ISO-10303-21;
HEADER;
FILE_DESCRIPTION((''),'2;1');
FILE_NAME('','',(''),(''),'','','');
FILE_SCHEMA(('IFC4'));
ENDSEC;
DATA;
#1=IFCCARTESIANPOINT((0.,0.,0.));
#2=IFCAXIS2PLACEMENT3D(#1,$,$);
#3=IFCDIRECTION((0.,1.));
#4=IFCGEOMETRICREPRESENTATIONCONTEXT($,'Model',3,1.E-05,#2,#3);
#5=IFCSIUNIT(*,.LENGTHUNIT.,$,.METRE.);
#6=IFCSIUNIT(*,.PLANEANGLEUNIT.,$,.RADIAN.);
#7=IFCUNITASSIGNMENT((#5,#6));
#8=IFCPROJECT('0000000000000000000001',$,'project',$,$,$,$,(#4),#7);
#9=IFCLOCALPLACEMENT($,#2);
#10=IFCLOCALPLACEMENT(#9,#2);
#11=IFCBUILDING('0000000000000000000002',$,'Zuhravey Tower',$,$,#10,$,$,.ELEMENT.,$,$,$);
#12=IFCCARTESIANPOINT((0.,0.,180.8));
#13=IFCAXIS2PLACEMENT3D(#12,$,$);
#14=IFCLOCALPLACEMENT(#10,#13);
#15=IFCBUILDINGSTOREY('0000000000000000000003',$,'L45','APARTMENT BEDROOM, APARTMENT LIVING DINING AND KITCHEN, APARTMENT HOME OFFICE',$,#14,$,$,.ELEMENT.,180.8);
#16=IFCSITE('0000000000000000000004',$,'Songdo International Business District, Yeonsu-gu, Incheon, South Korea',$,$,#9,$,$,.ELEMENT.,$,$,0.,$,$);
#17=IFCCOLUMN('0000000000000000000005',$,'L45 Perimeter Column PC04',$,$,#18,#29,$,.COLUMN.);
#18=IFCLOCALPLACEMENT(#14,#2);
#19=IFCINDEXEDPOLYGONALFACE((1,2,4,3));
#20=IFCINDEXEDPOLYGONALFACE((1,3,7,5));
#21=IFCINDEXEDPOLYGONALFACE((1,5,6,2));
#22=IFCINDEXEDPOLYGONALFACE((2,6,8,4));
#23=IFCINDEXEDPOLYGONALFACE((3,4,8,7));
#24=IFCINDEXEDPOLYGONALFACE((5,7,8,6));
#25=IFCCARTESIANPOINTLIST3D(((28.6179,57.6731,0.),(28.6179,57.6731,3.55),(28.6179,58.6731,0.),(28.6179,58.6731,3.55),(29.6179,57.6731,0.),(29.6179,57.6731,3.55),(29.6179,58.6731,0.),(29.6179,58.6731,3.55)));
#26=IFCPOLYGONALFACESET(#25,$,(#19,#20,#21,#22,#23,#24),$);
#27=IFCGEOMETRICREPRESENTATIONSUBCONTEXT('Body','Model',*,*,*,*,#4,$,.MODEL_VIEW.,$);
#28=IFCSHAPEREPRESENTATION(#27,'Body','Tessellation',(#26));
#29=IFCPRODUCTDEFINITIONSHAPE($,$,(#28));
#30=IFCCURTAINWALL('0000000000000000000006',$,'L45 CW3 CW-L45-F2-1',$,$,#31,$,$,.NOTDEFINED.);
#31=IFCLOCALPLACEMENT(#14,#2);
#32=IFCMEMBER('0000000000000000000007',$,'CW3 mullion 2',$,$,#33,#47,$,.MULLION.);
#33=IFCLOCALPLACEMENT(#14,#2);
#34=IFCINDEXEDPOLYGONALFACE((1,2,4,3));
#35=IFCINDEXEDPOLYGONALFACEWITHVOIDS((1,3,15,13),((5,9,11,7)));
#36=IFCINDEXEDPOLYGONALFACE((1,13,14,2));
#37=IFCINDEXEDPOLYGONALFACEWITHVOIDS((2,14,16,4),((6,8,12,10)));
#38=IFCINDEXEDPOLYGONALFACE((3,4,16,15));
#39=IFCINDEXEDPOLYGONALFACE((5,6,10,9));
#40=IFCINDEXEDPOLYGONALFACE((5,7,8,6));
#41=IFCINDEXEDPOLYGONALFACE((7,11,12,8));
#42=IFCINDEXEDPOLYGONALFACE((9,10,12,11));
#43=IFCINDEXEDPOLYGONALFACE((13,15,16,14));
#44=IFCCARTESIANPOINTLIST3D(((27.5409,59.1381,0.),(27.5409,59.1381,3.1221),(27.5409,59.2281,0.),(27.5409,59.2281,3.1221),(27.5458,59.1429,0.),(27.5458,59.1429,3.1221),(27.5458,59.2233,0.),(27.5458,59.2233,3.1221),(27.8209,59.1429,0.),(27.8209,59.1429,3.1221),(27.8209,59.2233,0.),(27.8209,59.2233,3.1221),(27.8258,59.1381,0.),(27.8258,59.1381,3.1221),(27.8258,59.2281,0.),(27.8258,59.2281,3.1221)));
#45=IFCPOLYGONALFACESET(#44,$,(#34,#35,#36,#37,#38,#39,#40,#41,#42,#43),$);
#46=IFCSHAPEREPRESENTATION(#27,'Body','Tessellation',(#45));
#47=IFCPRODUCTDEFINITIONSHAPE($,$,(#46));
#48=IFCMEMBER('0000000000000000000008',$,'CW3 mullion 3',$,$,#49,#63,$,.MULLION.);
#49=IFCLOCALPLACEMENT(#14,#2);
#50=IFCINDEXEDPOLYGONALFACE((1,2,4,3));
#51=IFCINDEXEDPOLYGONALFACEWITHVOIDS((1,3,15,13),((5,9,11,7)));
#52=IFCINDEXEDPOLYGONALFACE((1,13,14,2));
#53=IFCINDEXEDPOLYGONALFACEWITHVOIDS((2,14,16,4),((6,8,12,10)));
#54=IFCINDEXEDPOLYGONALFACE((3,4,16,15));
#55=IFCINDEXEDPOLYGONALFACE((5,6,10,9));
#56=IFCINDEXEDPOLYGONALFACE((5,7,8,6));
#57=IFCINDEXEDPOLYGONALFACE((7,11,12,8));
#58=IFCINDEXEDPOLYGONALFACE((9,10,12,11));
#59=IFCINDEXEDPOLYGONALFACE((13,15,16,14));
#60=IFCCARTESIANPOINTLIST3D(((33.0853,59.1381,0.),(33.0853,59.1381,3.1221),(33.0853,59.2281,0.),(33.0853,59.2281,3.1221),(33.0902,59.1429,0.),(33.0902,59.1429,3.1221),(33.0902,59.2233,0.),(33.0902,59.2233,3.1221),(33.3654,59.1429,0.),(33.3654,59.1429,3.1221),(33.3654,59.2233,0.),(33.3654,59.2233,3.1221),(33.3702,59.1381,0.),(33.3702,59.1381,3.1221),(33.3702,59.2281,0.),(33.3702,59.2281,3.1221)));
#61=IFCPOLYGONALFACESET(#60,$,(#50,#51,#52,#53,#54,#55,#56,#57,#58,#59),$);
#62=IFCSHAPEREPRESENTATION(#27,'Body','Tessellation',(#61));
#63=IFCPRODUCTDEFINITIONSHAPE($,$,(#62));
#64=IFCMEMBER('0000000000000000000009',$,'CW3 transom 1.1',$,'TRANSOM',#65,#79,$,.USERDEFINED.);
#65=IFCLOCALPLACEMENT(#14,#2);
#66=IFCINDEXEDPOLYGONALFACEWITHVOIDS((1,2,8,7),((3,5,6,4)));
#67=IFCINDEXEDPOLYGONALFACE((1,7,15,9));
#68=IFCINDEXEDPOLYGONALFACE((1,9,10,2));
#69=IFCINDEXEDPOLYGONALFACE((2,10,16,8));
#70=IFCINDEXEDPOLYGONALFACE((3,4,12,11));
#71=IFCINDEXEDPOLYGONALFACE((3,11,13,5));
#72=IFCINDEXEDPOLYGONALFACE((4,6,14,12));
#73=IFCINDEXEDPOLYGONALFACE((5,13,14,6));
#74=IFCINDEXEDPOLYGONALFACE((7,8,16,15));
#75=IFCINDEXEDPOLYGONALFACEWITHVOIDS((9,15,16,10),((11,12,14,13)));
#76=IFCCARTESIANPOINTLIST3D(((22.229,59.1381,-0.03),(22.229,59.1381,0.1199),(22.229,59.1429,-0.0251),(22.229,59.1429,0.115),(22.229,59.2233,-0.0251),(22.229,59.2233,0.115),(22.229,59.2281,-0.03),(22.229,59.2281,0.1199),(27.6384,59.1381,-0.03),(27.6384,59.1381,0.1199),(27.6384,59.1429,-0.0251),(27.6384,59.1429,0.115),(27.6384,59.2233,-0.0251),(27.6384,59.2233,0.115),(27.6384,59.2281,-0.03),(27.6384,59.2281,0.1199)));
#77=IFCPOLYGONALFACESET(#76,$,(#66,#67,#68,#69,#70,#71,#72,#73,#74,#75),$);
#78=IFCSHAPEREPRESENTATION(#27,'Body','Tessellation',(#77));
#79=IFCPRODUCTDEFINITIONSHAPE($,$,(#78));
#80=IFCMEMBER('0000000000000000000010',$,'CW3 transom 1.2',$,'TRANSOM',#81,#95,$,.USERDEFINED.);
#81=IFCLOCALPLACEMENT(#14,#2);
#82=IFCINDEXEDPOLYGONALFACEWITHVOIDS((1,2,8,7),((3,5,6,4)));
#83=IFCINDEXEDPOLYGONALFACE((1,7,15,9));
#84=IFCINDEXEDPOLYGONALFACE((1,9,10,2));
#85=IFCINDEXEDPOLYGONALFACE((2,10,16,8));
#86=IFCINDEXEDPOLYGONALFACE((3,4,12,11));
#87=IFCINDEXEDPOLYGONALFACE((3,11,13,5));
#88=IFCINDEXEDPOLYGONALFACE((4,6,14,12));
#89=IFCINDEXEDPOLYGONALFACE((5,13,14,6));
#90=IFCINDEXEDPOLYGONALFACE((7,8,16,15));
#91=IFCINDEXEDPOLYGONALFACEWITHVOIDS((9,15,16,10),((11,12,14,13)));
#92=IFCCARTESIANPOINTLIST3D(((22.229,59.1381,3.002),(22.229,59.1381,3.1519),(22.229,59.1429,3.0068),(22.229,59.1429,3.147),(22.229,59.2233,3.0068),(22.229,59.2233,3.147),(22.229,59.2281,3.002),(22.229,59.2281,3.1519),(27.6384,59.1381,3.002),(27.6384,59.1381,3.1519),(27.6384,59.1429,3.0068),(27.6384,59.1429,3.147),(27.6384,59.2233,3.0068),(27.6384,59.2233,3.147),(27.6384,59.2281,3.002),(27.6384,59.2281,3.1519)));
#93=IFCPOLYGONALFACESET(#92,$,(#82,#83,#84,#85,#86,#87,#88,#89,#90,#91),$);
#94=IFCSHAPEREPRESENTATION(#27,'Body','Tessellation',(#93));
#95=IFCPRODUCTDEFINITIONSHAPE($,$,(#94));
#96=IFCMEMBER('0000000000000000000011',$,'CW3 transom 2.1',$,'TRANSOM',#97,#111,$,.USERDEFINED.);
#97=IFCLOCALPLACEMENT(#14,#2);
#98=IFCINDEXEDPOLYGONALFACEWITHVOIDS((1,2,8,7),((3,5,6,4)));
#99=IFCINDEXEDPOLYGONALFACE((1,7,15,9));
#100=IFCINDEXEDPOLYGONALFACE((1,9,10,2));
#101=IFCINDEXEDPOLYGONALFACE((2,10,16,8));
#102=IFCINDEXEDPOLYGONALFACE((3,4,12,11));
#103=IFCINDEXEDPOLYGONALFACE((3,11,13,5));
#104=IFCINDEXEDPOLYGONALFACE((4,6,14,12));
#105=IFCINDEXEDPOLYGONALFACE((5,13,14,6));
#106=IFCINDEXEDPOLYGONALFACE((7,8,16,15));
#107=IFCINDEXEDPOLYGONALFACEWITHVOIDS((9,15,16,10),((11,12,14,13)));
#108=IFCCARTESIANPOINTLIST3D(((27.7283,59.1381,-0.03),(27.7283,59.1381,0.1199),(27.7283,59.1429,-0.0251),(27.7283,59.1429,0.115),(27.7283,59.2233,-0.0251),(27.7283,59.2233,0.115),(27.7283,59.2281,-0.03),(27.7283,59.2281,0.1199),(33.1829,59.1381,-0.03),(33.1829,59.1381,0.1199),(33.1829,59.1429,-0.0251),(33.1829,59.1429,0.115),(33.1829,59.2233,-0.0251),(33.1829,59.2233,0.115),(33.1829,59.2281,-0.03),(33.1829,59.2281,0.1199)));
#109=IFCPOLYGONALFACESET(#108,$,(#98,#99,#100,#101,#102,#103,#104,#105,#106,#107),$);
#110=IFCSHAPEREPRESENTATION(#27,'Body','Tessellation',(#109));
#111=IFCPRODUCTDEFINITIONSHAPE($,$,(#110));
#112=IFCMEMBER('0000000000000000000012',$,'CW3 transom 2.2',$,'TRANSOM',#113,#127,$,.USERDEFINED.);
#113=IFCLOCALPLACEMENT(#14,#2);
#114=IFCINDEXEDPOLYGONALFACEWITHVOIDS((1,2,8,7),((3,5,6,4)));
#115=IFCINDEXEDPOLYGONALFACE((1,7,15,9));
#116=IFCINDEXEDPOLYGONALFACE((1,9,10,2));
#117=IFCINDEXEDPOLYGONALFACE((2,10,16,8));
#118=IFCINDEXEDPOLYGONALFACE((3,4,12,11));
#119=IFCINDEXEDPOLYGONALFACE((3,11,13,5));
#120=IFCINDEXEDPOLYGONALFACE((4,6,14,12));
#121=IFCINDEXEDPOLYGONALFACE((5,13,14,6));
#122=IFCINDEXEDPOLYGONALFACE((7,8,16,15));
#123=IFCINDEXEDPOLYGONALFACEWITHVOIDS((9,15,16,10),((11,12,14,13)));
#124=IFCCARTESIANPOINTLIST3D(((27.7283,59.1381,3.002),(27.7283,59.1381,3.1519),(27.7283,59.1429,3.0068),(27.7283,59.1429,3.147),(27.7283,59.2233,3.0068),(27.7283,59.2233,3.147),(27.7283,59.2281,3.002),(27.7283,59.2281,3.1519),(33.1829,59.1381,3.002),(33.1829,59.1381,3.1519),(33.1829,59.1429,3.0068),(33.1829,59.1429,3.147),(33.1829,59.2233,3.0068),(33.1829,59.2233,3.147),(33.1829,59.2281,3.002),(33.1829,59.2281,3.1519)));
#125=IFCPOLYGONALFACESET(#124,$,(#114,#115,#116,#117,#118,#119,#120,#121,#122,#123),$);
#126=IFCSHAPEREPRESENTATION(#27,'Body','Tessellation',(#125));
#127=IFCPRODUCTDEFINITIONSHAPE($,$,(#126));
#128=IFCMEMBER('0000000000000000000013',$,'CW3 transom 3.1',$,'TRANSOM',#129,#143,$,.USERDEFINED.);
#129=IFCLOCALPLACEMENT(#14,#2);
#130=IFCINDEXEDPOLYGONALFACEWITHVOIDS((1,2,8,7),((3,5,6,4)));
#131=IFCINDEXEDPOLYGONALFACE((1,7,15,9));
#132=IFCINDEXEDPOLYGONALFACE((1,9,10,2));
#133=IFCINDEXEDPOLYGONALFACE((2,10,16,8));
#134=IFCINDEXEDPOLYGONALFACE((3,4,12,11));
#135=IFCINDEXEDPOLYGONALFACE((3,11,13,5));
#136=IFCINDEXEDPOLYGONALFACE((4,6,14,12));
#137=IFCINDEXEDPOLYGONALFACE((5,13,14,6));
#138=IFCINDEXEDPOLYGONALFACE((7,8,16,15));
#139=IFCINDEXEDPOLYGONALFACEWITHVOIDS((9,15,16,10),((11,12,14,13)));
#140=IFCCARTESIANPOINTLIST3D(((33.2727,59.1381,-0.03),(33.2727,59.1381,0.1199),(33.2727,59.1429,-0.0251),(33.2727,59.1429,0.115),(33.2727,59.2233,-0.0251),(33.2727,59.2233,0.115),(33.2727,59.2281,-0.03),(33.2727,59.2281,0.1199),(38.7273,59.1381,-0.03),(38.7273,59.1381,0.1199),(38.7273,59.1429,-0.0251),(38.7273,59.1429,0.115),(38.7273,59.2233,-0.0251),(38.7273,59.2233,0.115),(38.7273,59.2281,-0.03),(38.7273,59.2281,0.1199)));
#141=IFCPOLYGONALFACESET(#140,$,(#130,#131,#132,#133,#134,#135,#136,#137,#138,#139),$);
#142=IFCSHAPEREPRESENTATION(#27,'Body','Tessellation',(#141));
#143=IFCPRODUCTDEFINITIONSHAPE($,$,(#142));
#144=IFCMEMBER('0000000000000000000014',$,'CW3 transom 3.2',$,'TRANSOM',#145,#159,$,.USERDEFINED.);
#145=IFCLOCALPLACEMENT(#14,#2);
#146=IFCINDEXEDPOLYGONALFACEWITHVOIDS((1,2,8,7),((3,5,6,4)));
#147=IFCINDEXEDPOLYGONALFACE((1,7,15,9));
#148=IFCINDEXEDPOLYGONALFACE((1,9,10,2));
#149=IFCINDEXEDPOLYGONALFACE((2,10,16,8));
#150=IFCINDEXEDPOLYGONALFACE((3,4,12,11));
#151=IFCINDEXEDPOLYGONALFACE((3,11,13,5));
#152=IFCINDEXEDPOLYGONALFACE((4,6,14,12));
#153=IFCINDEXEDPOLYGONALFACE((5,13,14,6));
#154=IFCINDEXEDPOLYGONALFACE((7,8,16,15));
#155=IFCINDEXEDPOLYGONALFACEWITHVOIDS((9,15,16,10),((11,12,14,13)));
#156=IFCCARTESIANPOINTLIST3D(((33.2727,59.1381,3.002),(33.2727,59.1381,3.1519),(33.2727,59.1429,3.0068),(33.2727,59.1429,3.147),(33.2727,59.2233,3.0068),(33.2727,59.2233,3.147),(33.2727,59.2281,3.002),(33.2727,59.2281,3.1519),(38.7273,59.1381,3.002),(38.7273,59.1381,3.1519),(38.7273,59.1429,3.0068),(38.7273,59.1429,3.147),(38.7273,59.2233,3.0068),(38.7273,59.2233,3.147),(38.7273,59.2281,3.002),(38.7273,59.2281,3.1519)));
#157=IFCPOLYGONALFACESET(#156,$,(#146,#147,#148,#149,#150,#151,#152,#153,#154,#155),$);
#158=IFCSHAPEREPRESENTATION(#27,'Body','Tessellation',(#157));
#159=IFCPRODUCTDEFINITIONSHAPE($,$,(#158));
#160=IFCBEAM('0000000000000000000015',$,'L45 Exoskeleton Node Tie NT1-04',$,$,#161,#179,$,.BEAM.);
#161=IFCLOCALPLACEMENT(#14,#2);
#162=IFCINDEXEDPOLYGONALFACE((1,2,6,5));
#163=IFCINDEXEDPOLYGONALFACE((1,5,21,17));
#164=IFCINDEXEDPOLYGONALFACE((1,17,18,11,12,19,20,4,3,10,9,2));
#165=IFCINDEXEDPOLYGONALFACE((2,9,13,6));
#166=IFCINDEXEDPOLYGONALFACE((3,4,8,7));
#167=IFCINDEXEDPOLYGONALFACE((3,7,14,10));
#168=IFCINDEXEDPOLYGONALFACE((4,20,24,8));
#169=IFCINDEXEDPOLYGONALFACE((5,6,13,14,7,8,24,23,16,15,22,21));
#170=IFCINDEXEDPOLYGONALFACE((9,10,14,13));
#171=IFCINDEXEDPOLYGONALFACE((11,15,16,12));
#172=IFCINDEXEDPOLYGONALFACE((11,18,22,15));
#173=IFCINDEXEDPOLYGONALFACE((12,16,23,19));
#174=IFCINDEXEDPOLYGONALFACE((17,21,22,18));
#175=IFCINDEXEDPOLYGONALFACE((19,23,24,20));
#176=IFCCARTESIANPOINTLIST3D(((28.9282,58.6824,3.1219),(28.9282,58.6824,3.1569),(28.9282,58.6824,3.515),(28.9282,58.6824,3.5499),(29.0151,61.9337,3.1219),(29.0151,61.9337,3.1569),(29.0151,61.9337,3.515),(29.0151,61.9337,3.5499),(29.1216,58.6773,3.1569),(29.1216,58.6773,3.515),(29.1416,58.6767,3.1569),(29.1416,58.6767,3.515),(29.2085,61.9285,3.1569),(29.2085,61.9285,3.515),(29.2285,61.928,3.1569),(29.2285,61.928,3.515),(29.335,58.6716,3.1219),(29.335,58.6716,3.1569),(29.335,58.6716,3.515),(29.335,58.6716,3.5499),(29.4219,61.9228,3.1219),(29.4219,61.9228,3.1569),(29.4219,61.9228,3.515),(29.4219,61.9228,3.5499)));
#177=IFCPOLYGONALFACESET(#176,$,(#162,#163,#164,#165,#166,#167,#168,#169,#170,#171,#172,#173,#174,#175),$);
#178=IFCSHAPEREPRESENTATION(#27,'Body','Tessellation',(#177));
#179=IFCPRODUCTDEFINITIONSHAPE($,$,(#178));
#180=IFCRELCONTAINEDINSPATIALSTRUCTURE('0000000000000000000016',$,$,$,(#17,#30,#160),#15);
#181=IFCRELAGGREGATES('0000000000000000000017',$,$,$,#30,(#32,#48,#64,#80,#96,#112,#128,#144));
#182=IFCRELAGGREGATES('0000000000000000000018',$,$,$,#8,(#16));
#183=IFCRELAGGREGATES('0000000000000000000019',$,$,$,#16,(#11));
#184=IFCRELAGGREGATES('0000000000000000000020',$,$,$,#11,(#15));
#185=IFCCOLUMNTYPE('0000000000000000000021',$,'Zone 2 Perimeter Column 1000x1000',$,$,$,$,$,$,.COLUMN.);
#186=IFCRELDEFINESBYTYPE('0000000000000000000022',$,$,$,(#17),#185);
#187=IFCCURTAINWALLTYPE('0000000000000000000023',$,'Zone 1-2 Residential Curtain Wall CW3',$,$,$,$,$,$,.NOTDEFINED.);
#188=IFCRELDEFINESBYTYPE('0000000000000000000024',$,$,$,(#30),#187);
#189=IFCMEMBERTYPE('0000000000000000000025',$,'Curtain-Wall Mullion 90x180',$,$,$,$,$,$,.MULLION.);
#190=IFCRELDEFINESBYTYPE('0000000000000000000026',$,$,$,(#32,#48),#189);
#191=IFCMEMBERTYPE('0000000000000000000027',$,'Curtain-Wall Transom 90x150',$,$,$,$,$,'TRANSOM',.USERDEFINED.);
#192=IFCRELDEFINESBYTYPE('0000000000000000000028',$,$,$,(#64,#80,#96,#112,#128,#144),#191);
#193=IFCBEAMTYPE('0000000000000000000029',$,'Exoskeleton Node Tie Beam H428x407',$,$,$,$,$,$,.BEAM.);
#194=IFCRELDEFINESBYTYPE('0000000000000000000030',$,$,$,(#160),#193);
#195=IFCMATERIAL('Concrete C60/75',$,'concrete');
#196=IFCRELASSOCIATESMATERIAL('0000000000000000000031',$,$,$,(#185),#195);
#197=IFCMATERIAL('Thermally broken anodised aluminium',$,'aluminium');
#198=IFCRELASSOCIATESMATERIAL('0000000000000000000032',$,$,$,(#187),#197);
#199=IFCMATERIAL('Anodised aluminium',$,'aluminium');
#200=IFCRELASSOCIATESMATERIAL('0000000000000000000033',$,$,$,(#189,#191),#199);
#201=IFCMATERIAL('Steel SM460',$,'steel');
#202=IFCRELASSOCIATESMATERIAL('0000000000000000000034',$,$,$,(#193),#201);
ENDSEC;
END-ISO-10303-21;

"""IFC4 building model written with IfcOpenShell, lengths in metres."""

from ifc_helpers import new_model, si_unit, direction, frame, origin, origin_2d, place, context, subcontext, project, spatial, rectangle, hollow_rectangle, i_section, extrude, material, material_profile, profile_set, type_object, element, aggregate, save


model = new_model("IFC4")

# Units and contexts
model_context = context("Model", 3, precision=1e-05, world=origin(), true_north=direction((0.0, 1.0)))
body_context = subcontext(model_context, "Body", "Model", "MODEL_VIEW")
ifc_project = project(units=[si_unit("LENGTHUNIT", "METRE"), si_unit("PLANEANGLEUNIT", "RADIAN")], contexts=[model_context])

# Site, building, storey
site_placement = place(None, origin())
site = spatial("IfcSite", under=ifc_project, at=site_placement, Name="Songdo International Business District, Yeonsu-gu, Incheon, South Korea", CompositionType="ELEMENT", RefElevation=0.0)
building_placement = place(site_placement, origin())
building = spatial("IfcBuilding", under=site, at=building_placement, Name="Zuhravey Tower", CompositionType="ELEMENT")
storey_placement = place(building_placement, frame((0.0, 0.0, 180.8)))
storey = spatial("IfcBuildingStorey", under=building, at=storey_placement, Name="L45", Description="APARTMENT BEDROOM, APARTMENT LIVING DINING AND KITCHEN, APARTMENT HOME OFFICE", CompositionType="ELEMENT", Elevation=180.8)

# Column
ifc_material_1 = material(Name="Concrete C60/75", Category="concrete")
ifc_material_profile_1 = material_profile(ifc_material_1, rectangle(XDim=1.0, YDim=1.0, at=origin_2d()), Name="RC-1000x1000")
ifc_profile_set_1 = profile_set([ifc_material_profile_1], Name="Concrete C60/75")
column_type = type_object("IfcColumnType", Name="Zone 2 Perimeter Column 1000x1000", PredefinedType="COLUMN", material=ifc_profile_set_1)
column_placement = place(storey_placement, frame((29.1179, 58.1731, 0.0), z_axis=(0.0, 0.0, 1.0), x_axis=(-1.0, 0.0, 0.0)))
element("IfcColumn", 1, at=column_placement, inside=storey, type_object=column_type, Name="L45 Perimeter Column PC04", PredefinedType="COLUMN", context=body_context, shape_type="SweptSolid", body=[
    extrude(rectangle(XDim=1.0, YDim=1.0, at=origin_2d()), origin(), (0.0, 0.0, 1.0), 3.55),
])

# Curtain wall, members
ifc_material_2 = material(Name="Thermally broken anodised aluminium", Category="aluminium")
curtain_wall_type = type_object("IfcCurtainWallType", Name="Zone 1-2 Residential Curtain Wall CW3", PredefinedType="NOTDEFINED", material=ifc_material_2)
curtain_wall_placement = place(storey_placement, origin())
curtain_wall = element("IfcCurtainWall", 2, at=curtain_wall_placement, inside=storey, type_object=curtain_wall_type, Name="L45 CW3 CW-L45-F2-1", PredefinedType="NOTDEFINED")
ifc_material_3 = material(Name="Anodised aluminium", Category="aluminium")
ifc_material_profile_2 = material_profile(ifc_material_3, hollow_rectangle(XDim=0.0901, YDim=0.2849, WallThickness=0.0049, at=origin_2d()), Name="ALU-RHS-90x285x5")
ifc_profile_set_2 = profile_set([ifc_material_profile_2], Name="Anodised aluminium")
member_type_1 = type_object("IfcMemberType", Name="Curtain-Wall Mullion 90x180", PredefinedType="MULLION", material=ifc_profile_set_2)
member_1_placement = place(storey_placement, frame((27.6833, 59.1831, 0.0), z_axis=(0.0, 0.0, 1.0), x_axis=(0.0, 1.0, 0.0)))
member_1 = element("IfcMember", 3, at=member_1_placement, type_object=member_type_1, Name="CW3 mullion 2", PredefinedType="MULLION", context=body_context, shape_type="SweptSolid", body=[
    extrude(hollow_rectangle(XDim=0.0901, YDim=0.2849, WallThickness=0.0049, at=origin_2d()), origin(), (0.0, 0.0, 1.0), 3.1221),
])
member_2_placement = place(storey_placement, frame((33.2278, 59.1831, 0.0), z_axis=(0.0, 0.0, 1.0), x_axis=(0.0, 1.0, 0.0)))
member_2 = element("IfcMember", 4, at=member_2_placement, type_object=member_type_1, Name="CW3 mullion 3", PredefinedType="MULLION", context=body_context, shape_type="SweptSolid", body=[
    extrude(hollow_rectangle(XDim=0.0901, YDim=0.2849, WallThickness=0.0049, at=origin_2d()), origin(), (0.0, 0.0, 1.0), 3.1221),
])
ifc_material_profile_3 = material_profile(ifc_material_3, hollow_rectangle(XDim=0.0901, YDim=0.1499, WallThickness=0.0049, at=origin_2d()), Name="ALU-RHS-90x150x5")
ifc_profile_set_3 = profile_set([ifc_material_profile_3], Name="Anodised aluminium")
member_type_2 = type_object("IfcMemberType", Name="Curtain-Wall Transom 90x150", ElementType="TRANSOM", PredefinedType="USERDEFINED", material=ifc_profile_set_3)
member_3_placement = place(storey_placement, frame((22.229, 59.1831, 0.0449), z_axis=(1.0, 0.0, 0.0), x_axis=(0.0, 1.0, 0.0)))
member_3 = element("IfcMember", 5, at=member_3_placement, type_object=member_type_2, Name="CW3 transom 1.1", ObjectType="TRANSOM", PredefinedType="USERDEFINED", context=body_context, shape_type="SweptSolid", body=[
    extrude(hollow_rectangle(XDim=0.0901, YDim=0.1499, WallThickness=0.0049, at=origin_2d()), origin(), (0.0, 0.0, 1.0), 5.4094),
])
member_4_placement = place(storey_placement, frame((22.229, 59.1831, 3.0769), z_axis=(1.0, 0.0, 0.0), x_axis=(0.0, 1.0, 0.0)))
member_4 = element("IfcMember", 6, at=member_4_placement, type_object=member_type_2, Name="CW3 transom 1.2", ObjectType="TRANSOM", PredefinedType="USERDEFINED", context=body_context, shape_type="SweptSolid", body=[
    extrude(hollow_rectangle(XDim=0.0901, YDim=0.1499, WallThickness=0.0049, at=origin_2d()), origin(), (0.0, 0.0, 1.0), 5.4094),
])
member_5_placement = place(storey_placement, frame((27.7283, 59.1831, 0.0449), z_axis=(1.0, 0.0, 0.0), x_axis=(0.0, 1.0, 0.0)))
member_5 = element("IfcMember", 7, at=member_5_placement, type_object=member_type_2, Name="CW3 transom 2.1", ObjectType="TRANSOM", PredefinedType="USERDEFINED", context=body_context, shape_type="SweptSolid", body=[
    extrude(hollow_rectangle(XDim=0.0901, YDim=0.1499, WallThickness=0.0049, at=origin_2d()), origin(), (0.0, 0.0, 1.0), 5.4546),
])
member_6_placement = place(storey_placement, frame((27.7283, 59.1831, 3.0769), z_axis=(1.0, 0.0, 0.0), x_axis=(0.0, 1.0, 0.0)))
member_6 = element("IfcMember", 8, at=member_6_placement, type_object=member_type_2, Name="CW3 transom 2.2", ObjectType="TRANSOM", PredefinedType="USERDEFINED", context=body_context, shape_type="SweptSolid", body=[
    extrude(hollow_rectangle(XDim=0.0901, YDim=0.1499, WallThickness=0.0049, at=origin_2d()), origin(), (0.0, 0.0, 1.0), 5.4546),
])
member_7_placement = place(storey_placement, frame((33.2727, 59.1831, 0.0449), z_axis=(1.0, 0.0, 0.0), x_axis=(0.0, 1.0, 0.0)))
member_7 = element("IfcMember", 9, at=member_7_placement, type_object=member_type_2, Name="CW3 transom 3.1", ObjectType="TRANSOM", PredefinedType="USERDEFINED", context=body_context, shape_type="SweptSolid", body=[
    extrude(hollow_rectangle(XDim=0.0901, YDim=0.1499, WallThickness=0.0049, at=origin_2d()), origin(), (0.0, 0.0, 1.0), 5.4546),
])
member_8_placement = place(storey_placement, frame((33.2727, 59.1831, 3.0769), z_axis=(1.0, 0.0, 0.0), x_axis=(0.0, 1.0, 0.0)))
member_8 = element("IfcMember", 10, at=member_8_placement, type_object=member_type_2, Name="CW3 transom 3.2", ObjectType="TRANSOM", PredefinedType="USERDEFINED", context=body_context, shape_type="SweptSolid", body=[
    extrude(hollow_rectangle(XDim=0.0901, YDim=0.1499, WallThickness=0.0049, at=origin_2d()), origin(), (0.0, 0.0, 1.0), 5.4546),
])

# Beam
ifc_material_4 = material(Name="Steel SM460", Category="steel")
ifc_material_profile_4 = material_profile(ifc_material_4, i_section(OverallWidth=0.407, OverallDepth=0.428, WebThickness=0.02, FlangeThickness=0.0349, at=origin_2d()), Name="H-428x407x20x35")
ifc_profile_set_4 = profile_set([ifc_material_profile_4], Name="Steel SM460")
beam_type_1 = type_object("IfcBeamType", Name="Exoskeleton Node Tie Beam H428x407", PredefinedType="BEAM", material=ifc_profile_set_4)
beam_1_placement = place(storey_placement, frame((29.1316, 58.677, 3.3359), z_axis=(0.026723, 0.999643, 0.0), x_axis=(-0.999643, 0.026723, 0.0)))
element("IfcBeam", 11, at=beam_1_placement, inside=storey, type_object=beam_type_1, Name="L45 Exoskeleton Node Tie NT1-04", PredefinedType="BEAM", context=body_context, shape_type="SweptSolid", body=[
    extrude(i_section(OverallWidth=0.407, OverallDepth=0.428, WebThickness=0.02, FlangeThickness=0.0349, at=origin_2d()), origin(), (0.0, 0.0, 1.0), 3.2524),
])

aggregate(curtain_wall, [member_1, member_2, member_3, member_4, member_5, member_6, member_7, member_8])

save(model, "model.ifc")
